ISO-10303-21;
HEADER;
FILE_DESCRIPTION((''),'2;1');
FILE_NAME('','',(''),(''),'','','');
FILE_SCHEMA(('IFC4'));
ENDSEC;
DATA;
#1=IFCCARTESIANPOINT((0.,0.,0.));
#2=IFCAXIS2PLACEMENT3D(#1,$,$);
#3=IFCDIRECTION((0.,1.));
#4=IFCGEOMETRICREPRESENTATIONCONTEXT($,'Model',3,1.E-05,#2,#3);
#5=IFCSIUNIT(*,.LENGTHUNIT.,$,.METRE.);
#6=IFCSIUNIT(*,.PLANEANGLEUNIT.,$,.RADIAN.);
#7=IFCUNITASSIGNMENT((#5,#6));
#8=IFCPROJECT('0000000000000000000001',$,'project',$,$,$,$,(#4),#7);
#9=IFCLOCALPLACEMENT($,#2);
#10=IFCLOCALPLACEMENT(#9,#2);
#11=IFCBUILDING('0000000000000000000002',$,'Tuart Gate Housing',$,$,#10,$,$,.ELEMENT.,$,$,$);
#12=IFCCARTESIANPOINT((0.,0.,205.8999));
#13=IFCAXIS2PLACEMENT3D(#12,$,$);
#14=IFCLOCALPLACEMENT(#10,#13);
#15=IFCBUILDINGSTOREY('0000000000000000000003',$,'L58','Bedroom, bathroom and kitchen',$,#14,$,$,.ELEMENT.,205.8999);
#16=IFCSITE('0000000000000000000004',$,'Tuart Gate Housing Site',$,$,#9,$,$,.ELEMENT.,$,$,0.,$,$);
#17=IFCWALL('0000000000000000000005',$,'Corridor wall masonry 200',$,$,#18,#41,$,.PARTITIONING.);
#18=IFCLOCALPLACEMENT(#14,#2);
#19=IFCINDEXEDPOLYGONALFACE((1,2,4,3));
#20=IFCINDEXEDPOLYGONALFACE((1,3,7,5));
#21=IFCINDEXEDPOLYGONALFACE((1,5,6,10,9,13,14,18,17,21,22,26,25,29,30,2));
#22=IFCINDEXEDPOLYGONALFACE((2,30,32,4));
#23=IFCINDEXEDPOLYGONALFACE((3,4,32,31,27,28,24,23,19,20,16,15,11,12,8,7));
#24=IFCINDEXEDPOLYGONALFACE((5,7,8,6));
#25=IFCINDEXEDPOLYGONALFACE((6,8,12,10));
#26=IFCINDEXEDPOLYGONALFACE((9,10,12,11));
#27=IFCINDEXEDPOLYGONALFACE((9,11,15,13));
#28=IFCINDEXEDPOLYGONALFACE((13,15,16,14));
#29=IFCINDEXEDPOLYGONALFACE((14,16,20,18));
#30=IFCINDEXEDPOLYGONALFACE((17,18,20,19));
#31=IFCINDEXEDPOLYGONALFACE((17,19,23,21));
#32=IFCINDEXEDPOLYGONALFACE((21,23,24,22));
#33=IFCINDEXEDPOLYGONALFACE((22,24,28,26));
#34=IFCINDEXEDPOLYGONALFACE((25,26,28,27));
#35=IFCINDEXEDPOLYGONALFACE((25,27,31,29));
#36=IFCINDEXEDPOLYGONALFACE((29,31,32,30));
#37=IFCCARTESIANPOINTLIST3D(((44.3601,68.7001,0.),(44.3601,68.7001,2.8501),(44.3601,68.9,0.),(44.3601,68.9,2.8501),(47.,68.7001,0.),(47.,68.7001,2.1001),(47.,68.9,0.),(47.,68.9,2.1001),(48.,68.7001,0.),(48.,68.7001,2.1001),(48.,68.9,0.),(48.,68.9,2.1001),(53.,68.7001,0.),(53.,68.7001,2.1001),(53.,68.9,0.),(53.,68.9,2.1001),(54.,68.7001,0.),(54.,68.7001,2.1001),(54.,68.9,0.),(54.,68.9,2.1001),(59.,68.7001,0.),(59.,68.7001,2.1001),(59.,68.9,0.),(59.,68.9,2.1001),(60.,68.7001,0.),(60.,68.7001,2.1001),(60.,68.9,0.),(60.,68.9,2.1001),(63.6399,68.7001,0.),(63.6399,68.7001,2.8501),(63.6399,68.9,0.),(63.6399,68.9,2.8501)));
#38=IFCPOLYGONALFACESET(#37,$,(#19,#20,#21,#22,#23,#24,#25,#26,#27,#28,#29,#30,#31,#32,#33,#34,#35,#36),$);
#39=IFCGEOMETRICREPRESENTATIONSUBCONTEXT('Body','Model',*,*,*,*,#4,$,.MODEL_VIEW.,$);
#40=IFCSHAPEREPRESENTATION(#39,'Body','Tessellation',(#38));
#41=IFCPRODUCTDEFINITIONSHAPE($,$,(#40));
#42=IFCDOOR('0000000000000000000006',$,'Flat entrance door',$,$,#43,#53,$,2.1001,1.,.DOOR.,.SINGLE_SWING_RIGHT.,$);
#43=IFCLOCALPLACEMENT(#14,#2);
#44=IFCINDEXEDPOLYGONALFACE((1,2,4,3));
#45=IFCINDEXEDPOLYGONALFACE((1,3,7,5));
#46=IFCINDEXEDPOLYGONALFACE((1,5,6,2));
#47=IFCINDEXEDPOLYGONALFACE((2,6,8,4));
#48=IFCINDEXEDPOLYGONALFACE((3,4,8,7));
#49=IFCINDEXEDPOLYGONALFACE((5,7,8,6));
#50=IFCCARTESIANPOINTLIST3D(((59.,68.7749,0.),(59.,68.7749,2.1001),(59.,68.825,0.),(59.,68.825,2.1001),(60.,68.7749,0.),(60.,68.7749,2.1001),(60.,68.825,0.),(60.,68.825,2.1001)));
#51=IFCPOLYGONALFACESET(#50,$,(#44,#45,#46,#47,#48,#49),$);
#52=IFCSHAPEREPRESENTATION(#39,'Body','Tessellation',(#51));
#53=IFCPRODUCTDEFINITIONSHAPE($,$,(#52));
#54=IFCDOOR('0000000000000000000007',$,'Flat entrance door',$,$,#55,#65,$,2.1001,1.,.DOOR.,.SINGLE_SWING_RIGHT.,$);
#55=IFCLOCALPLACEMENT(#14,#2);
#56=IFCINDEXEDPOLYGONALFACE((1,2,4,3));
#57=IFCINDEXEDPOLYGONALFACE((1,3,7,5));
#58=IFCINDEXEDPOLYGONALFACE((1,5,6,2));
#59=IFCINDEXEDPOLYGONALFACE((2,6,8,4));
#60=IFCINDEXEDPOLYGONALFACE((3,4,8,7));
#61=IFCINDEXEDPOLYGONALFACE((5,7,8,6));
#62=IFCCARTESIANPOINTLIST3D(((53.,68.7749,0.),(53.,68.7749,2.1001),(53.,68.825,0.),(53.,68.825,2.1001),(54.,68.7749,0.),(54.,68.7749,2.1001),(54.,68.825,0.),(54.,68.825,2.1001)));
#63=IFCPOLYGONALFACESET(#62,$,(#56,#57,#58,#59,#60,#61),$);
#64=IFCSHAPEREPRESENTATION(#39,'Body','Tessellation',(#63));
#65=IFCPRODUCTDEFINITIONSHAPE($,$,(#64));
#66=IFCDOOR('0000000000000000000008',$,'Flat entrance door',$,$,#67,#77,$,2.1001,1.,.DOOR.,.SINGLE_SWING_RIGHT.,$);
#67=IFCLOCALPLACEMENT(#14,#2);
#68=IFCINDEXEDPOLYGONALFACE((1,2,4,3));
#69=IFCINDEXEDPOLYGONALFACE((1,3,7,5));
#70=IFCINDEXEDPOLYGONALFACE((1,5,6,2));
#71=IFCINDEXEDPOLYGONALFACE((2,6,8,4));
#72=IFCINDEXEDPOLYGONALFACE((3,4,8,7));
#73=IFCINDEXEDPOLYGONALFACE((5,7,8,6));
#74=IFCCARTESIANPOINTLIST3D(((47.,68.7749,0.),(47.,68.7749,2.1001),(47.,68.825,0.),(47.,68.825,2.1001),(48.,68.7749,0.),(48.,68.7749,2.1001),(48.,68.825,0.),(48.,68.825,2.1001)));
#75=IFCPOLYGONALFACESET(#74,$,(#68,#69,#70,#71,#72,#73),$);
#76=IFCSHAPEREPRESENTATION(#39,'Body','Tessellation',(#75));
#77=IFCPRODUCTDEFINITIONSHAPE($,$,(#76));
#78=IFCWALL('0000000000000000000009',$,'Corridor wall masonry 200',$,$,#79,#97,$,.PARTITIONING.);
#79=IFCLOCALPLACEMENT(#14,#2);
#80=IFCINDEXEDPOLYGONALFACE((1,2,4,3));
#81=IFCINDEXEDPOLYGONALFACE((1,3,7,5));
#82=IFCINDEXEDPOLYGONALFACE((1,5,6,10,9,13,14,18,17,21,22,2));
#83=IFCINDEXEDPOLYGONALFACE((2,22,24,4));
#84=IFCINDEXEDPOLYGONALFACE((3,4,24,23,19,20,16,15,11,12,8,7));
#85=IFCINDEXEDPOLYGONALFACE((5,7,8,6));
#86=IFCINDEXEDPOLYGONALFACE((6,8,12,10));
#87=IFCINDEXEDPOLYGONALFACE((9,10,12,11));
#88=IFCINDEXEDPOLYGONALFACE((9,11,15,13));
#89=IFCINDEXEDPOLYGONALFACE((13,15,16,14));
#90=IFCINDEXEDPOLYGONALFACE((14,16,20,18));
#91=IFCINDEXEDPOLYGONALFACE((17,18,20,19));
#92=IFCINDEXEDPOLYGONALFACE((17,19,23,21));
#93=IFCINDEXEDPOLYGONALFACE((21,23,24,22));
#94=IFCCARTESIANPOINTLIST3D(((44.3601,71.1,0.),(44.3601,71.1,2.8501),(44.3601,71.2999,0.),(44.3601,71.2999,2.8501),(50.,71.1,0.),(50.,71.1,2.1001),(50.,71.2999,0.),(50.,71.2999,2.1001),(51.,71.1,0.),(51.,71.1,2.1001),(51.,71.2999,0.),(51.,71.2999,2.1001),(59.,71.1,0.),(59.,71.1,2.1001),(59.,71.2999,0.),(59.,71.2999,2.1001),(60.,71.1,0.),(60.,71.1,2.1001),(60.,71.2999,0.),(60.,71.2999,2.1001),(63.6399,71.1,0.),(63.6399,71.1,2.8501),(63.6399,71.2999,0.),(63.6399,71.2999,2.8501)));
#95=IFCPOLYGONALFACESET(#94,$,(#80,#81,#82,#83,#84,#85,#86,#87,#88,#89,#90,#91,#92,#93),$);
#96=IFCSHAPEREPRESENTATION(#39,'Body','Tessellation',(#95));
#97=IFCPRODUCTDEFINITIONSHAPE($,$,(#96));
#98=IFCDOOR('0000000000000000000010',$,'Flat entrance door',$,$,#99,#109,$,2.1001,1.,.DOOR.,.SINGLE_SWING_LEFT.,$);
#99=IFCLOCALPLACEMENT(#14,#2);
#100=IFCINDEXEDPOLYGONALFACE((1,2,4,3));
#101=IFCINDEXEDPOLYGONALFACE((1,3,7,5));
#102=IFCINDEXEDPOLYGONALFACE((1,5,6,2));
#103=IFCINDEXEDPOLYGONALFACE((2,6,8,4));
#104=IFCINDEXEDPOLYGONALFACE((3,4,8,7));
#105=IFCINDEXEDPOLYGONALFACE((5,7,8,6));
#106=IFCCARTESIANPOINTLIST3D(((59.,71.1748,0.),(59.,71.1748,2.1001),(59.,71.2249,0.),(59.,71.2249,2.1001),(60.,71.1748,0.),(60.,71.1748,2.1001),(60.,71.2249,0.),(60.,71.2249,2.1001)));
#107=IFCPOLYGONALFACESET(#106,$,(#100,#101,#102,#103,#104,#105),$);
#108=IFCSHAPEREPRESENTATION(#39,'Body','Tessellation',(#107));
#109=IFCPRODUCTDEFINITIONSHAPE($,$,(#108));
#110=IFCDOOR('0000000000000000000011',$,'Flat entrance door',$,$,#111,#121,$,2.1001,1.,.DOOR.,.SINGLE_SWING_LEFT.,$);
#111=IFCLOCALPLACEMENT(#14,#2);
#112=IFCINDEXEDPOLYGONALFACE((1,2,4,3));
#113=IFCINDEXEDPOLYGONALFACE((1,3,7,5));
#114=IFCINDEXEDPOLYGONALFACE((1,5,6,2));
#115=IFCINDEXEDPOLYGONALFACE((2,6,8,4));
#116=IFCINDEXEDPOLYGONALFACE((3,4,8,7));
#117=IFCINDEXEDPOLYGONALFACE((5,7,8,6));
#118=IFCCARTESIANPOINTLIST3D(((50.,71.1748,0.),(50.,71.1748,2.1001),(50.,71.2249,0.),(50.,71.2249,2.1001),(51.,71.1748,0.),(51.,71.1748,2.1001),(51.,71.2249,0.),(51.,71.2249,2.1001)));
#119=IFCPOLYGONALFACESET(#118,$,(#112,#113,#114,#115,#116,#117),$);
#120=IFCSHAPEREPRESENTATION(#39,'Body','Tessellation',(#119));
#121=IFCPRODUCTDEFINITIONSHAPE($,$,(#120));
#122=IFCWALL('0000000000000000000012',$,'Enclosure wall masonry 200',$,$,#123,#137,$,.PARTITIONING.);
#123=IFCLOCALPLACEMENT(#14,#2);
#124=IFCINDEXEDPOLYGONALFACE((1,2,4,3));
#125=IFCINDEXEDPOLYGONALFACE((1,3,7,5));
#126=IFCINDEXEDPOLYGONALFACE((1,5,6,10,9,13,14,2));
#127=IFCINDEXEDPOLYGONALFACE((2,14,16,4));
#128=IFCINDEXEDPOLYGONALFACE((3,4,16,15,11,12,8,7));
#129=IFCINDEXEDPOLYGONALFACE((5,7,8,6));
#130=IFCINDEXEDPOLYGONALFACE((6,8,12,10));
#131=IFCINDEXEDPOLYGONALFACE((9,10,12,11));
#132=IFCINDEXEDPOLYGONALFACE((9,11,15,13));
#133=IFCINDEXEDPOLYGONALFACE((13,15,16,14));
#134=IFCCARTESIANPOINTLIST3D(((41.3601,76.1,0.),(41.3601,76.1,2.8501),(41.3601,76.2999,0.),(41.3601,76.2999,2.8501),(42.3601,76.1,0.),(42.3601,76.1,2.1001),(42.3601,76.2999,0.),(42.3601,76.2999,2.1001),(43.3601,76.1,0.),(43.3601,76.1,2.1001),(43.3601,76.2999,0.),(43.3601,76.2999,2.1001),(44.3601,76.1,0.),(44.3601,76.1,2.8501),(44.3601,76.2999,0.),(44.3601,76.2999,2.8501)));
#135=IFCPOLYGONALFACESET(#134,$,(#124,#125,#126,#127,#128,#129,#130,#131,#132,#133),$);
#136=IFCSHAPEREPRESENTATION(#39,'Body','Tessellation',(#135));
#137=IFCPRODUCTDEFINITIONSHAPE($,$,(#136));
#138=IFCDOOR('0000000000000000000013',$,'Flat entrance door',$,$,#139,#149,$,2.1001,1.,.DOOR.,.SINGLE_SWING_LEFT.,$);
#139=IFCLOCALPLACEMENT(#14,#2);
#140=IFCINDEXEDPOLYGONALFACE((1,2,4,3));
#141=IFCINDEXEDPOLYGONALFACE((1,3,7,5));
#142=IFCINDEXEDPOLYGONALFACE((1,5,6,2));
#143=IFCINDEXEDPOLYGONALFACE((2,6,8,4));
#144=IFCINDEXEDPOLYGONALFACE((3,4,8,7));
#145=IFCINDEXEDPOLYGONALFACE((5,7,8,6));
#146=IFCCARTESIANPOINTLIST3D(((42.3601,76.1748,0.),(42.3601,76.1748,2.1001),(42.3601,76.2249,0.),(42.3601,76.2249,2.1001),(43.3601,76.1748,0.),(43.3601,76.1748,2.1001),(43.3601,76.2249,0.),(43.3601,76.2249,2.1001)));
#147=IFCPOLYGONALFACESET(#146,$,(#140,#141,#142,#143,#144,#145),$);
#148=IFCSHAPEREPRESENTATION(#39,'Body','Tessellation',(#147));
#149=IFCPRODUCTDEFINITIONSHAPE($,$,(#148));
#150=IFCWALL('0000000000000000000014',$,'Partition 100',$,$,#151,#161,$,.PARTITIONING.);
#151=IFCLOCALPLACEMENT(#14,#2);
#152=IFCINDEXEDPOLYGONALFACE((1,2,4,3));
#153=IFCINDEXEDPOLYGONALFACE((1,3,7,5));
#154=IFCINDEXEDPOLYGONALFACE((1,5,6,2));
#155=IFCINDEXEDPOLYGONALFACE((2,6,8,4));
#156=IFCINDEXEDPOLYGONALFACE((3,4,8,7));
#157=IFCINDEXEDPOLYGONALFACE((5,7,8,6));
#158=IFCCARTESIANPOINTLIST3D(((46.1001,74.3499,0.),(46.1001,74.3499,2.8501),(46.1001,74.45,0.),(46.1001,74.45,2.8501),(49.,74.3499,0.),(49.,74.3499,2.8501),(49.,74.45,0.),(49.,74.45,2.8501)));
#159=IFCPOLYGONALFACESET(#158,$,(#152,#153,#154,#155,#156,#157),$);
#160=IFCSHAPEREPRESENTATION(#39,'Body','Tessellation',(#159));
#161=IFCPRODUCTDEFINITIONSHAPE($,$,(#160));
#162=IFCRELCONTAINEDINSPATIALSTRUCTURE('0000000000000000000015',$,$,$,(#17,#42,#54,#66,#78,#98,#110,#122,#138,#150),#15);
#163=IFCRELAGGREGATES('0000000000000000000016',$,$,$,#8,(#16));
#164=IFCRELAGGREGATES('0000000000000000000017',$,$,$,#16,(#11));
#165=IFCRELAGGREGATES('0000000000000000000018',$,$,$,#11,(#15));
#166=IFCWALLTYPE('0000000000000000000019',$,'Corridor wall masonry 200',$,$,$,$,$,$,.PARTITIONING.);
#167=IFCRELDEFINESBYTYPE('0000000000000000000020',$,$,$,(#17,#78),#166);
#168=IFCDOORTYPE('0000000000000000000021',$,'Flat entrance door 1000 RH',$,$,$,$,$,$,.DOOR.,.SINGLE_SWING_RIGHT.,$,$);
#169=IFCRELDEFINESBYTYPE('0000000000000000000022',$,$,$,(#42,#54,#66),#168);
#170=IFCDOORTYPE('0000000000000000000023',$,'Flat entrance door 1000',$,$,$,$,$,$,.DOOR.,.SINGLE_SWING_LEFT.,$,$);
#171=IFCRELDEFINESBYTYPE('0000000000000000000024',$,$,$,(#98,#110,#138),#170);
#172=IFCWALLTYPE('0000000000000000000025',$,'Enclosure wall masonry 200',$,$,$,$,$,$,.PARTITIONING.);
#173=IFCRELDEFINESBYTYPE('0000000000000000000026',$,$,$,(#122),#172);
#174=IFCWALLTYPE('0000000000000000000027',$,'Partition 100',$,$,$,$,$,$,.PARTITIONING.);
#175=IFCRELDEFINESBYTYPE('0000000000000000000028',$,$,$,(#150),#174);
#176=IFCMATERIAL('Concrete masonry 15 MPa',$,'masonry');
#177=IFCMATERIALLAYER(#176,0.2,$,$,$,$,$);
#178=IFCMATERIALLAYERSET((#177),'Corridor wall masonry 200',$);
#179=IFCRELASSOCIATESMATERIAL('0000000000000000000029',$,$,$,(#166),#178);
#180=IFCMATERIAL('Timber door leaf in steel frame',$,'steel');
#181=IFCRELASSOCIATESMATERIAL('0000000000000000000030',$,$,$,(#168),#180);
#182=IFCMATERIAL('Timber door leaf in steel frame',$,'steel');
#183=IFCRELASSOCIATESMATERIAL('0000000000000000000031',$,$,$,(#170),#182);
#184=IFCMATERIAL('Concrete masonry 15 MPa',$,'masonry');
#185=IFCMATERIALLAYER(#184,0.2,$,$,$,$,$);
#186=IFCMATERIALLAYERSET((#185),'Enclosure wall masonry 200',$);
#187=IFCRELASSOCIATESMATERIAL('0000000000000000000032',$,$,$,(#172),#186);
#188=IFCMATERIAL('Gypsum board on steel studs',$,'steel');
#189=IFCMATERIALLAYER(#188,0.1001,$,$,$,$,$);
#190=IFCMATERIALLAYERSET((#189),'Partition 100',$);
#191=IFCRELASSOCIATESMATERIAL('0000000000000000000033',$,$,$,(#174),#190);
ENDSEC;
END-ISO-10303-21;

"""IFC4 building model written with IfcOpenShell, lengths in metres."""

from ifc_helpers import new_model, si_unit, direction, frame, frame_2d, origin, place, context, subcontext, project, spatial, rectangle, extrude, material, layer, layer_set, type_object, element, fill, save


model = new_model("IFC4")

# Units and contexts
model_context = context("Model", 3, precision=1e-05, world=origin(), true_north=direction((0.0, 1.0)))
body_context = subcontext(model_context, "Body", "Model", "MODEL_VIEW")
ifc_project = project(units=[si_unit("LENGTHUNIT", "METRE"), si_unit("PLANEANGLEUNIT", "RADIAN")], contexts=[model_context])

# Site, building, storey
site_placement = place(None, origin())
site = spatial("IfcSite", under=ifc_project, at=site_placement, Name="Tuart Gate Housing Site", CompositionType="ELEMENT", RefElevation=0.0)
building_placement = place(site_placement, origin())
building = spatial("IfcBuilding", under=site, at=building_placement, Name="Tuart Gate Housing", CompositionType="ELEMENT")
storey_placement = place(building_placement, frame((0.0, 0.0, 205.8999)))
storey = spatial("IfcBuildingStorey", under=building, at=storey_placement, Name="L58", Description="Bedroom, bathroom and kitchen", CompositionType="ELEMENT", Elevation=205.8999)

# Walls, openings, doors
ifc_material_1 = material(Name="Concrete masonry 15 MPa", Category="masonry")
ifc_layer_1 = layer(ifc_material_1, 0.2)
ifc_layer_set_1 = layer_set([ifc_layer_1], Name="Corridor wall masonry 200")
wall_type_1 = type_object("IfcWallType", Name="Corridor wall masonry 200", PredefinedType="PARTITIONING", material=ifc_layer_set_1)
wall_1_placement = place(storey_placement, frame((44.3601, 68.8, 0.0), z_axis=(0.0, 0.0, 1.0), x_axis=(1.0, 0.0, 0.0)))
wall_1 = element("IfcWall", 1, at=wall_1_placement, inside=storey, type_object=wall_type_1, Name="Corridor wall masonry 200", PredefinedType="PARTITIONING", context=body_context, shape_type="SweptSolid", body=[
    extrude(rectangle(XDim=19.2798, YDim=0.2, at=frame_2d((9.6399, 0.0))), origin(), (0.0, 0.0, 1.0), 2.8501),
])
opening_1_placement = place(wall_1_placement, frame((14.6399, 0.0, 0.0)))
opening_1 = element("IfcOpeningElement", 2, at=opening_1_placement, cuts=wall_1, PredefinedType="OPENING", context=body_context, shape_type="SweptSolid", body=[
    extrude(rectangle(XDim=1.0, YDim=2.1001, at=frame_2d((0.5, 1.05))), frame((0.0, 0.1099, 0.0), z_axis=(0.0, -1.0, 0.0), x_axis=(1.0, 0.0, 0.0)), (0.0, 0.0, 1.0), 0.22),
])
opening_2_placement = place(wall_1_placement, frame((8.6399, 0.0, 0.0)))
opening_2 = element("IfcOpeningElement", 3, at=opening_2_placement, cuts=wall_1, PredefinedType="OPENING", context=body_context, shape_type="SweptSolid", body=[
    extrude(rectangle(XDim=1.0, YDim=2.1001, at=frame_2d((0.5, 1.05))), frame((0.0, 0.1099, 0.0), z_axis=(0.0, -1.0, 0.0), x_axis=(1.0, 0.0, 0.0)), (0.0, 0.0, 1.0), 0.22),
])
opening_3_placement = place(wall_1_placement, frame((2.6399, 0.0, 0.0)))
opening_3 = element("IfcOpeningElement", 4, at=opening_3_placement, cuts=wall_1, PredefinedType="OPENING", context=body_context, shape_type="SweptSolid", body=[
    extrude(rectangle(XDim=1.0, YDim=2.1001, at=frame_2d((0.5, 1.05))), frame((0.0, 0.1099, 0.0), z_axis=(0.0, -1.0, 0.0), x_axis=(1.0, 0.0, 0.0)), (0.0, 0.0, 1.0), 0.22),
])
ifc_material_2 = material(Name="Timber door leaf in steel frame", Category="steel")
door_type_1 = type_object("IfcDoorType", Name="Flat entrance door 1000 RH", OperationType="SINGLE_SWING_RIGHT", PredefinedType="DOOR", material=ifc_material_2)
door_1_placement = place(opening_1_placement, frame((1.0, 0.0, 0.0), z_axis=(0.0, 0.0, 1.0), x_axis=(-1.0, 0.0, 0.0)))
door_1 = element("IfcDoor", 5, at=door_1_placement, inside=storey, type_object=door_type_1, Name="Flat entrance door", OperationType="SINGLE_SWING_RIGHT", OverallHeight=2.1001, OverallWidth=1.0, PredefinedType="DOOR", context=body_context, shape_type="SweptSolid", body=[
    extrude(rectangle(XDim=1.0, YDim=2.1001, at=frame_2d((0.5, 1.05))), frame((0.0, 0.0251, 0.0), z_axis=(0.0, -1.0, 0.0), x_axis=(1.0, 0.0, 0.0)), (0.0, 0.0, 1.0), 0.05),
])
fill(opening_1, door_1)
door_2_placement = place(opening_2_placement, frame((1.0, 0.0, 0.0), z_axis=(0.0, 0.0, 1.0), x_axis=(-1.0, 0.0, 0.0)))
door_2 = element("IfcDoor", 6, at=door_2_placement, inside=storey, type_object=door_type_1, Name="Flat entrance door", OperationType="SINGLE_SWING_RIGHT", OverallHeight=2.1001, OverallWidth=1.0, PredefinedType="DOOR", context=body_context, shape_type="SweptSolid", body=[
    extrude(rectangle(XDim=1.0, YDim=2.1001, at=frame_2d((0.5, 1.05))), frame((0.0, 0.0251, 0.0), z_axis=(0.0, -1.0, 0.0), x_axis=(1.0, 0.0, 0.0)), (0.0, 0.0, 1.0), 0.05),
])
fill(opening_2, door_2)
door_3_placement = place(opening_3_placement, frame((1.0, 0.0, 0.0), z_axis=(0.0, 0.0, 1.0), x_axis=(-1.0, 0.0, 0.0)))
door_3 = element("IfcDoor", 7, at=door_3_placement, inside=storey, type_object=door_type_1, Name="Flat entrance door", OperationType="SINGLE_SWING_RIGHT", OverallHeight=2.1001, OverallWidth=1.0, PredefinedType="DOOR", context=body_context, shape_type="SweptSolid", body=[
    extrude(rectangle(XDim=1.0, YDim=2.1001, at=frame_2d((0.5, 1.05))), frame((0.0, 0.0251, 0.0), z_axis=(0.0, -1.0, 0.0), x_axis=(1.0, 0.0, 0.0)), (0.0, 0.0, 1.0), 0.05),
])
fill(opening_3, door_3)
wall_2_placement = place(storey_placement, frame((44.3601, 71.2, 0.0), z_axis=(0.0, 0.0, 1.0), x_axis=(1.0, 0.0, 0.0)))
wall_2 = element("IfcWall", 8, at=wall_2_placement, inside=storey, type_object=wall_type_1, Name="Corridor wall masonry 200", PredefinedType="PARTITIONING", context=body_context, shape_type="SweptSolid", body=[
    extrude(rectangle(XDim=19.2798, YDim=0.2, at=frame_2d((9.6399, 0.0))), origin(), (0.0, 0.0, 1.0), 2.8501),
])
opening_4_placement = place(wall_2_placement, frame((14.6399, 0.0, 0.0)))
opening_4 = element("IfcOpeningElement", 9, at=opening_4_placement, cuts=wall_2, PredefinedType="OPENING", context=body_context, shape_type="SweptSolid", body=[
    extrude(rectangle(XDim=1.0, YDim=2.1001, at=frame_2d((0.5, 1.05))), frame((0.0, 0.1099, 0.0), z_axis=(0.0, -1.0, 0.0), x_axis=(1.0, 0.0, 0.0)), (0.0, 0.0, 1.0), 0.22),
])
opening_5_placement = place(wall_2_placement, frame((5.6399, 0.0, 0.0)))
opening_5 = element("IfcOpeningElement", 10, at=opening_5_placement, cuts=wall_2, PredefinedType="OPENING", context=body_context, shape_type="SweptSolid", body=[
    extrude(rectangle(XDim=1.0, YDim=2.1001, at=frame_2d((0.5, 1.05))), frame((0.0, 0.1099, 0.0), z_axis=(0.0, -1.0, 0.0), x_axis=(1.0, 0.0, 0.0)), (0.0, 0.0, 1.0), 0.22),
])
ifc_material_3 = material(Name="Timber door leaf in steel frame", Category="steel")
door_type_2 = type_object("IfcDoorType", Name="Flat entrance door 1000", OperationType="SINGLE_SWING_LEFT", PredefinedType="DOOR", material=ifc_material_3)
door_4_placement = place(opening_4_placement, origin())
door_4 = element("IfcDoor", 11, at=door_4_placement, inside=storey, type_object=door_type_2, Name="Flat entrance door", OperationType="SINGLE_SWING_LEFT", OverallHeight=2.1001, OverallWidth=1.0, PredefinedType="DOOR", context=body_context, shape_type="SweptSolid", body=[
    extrude(rectangle(XDim=1.0, YDim=2.1001, at=frame_2d((0.5, 1.05))), frame((0.0, 0.0249, 0.0), z_axis=(0.0, -1.0, 0.0), x_axis=(1.0, 0.0, 0.0)), (0.0, 0.0, 1.0), 0.05),
])
fill(opening_4, door_4)
door_5_placement = place(opening_5_placement, origin())
door_5 = element("IfcDoor", 12, at=door_5_placement, inside=storey, type_object=door_type_2, Name="Flat entrance door", OperationType="SINGLE_SWING_LEFT", OverallHeight=2.1001, OverallWidth=1.0, PredefinedType="DOOR", context=body_context, shape_type="SweptSolid", body=[
    extrude(rectangle(XDim=1.0, YDim=2.1001, at=frame_2d((0.5, 1.05))), frame((0.0, 0.0249, 0.0), z_axis=(0.0, -1.0, 0.0), x_axis=(1.0, 0.0, 0.0)), (0.0, 0.0, 1.0), 0.05),
])
fill(opening_5, door_5)

# Wall, opening, door
ifc_material_4 = material(Name="Concrete masonry 15 MPa", Category="masonry")
ifc_layer_2 = layer(ifc_material_4, 0.2)
ifc_layer_set_2 = layer_set([ifc_layer_2], Name="Enclosure wall masonry 200")
wall_type_2 = type_object("IfcWallType", Name="Enclosure wall masonry 200", PredefinedType="PARTITIONING", material=ifc_layer_set_2)
wall_3_placement = place(storey_placement, frame((41.3601, 76.2, 0.0), z_axis=(0.0, 0.0, 1.0), x_axis=(1.0, 0.0, 0.0)))
wall_3 = element("IfcWall", 13, at=wall_3_placement, inside=storey, type_object=wall_type_2, Name="Enclosure wall masonry 200", PredefinedType="PARTITIONING", context=body_context, shape_type="SweptSolid", body=[
    extrude(rectangle(XDim=3.0, YDim=0.2, at=frame_2d((1.5, 0.0))), origin(), (0.0, 0.0, 1.0), 2.8501),
])
opening_6_placement = place(wall_3_placement, frame((1.0, 0.0, 0.0)))
opening_6 = element("IfcOpeningElement", 14, at=opening_6_placement, cuts=wall_3, PredefinedType="OPENING", context=body_context, shape_type="SweptSolid", body=[
    extrude(rectangle(XDim=1.0, YDim=2.1001, at=frame_2d((0.5, 1.05))), frame((0.0, 0.1099, 0.0), z_axis=(0.0, -1.0, 0.0), x_axis=(1.0, 0.0, 0.0)), (0.0, 0.0, 1.0), 0.22),
])
door_6_placement = place(opening_6_placement, origin())
door_6 = element("IfcDoor", 15, at=door_6_placement, inside=storey, type_object=door_type_2, Name="Flat entrance door", OperationType="SINGLE_SWING_LEFT", OverallHeight=2.1001, OverallWidth=1.0, PredefinedType="DOOR", context=body_context, shape_type="SweptSolid", body=[
    extrude(rectangle(XDim=1.0, YDim=2.1001, at=frame_2d((0.5, 1.05))), frame((0.0, 0.0249, 0.0), z_axis=(0.0, -1.0, 0.0), x_axis=(1.0, 0.0, 0.0)), (0.0, 0.0, 1.0), 0.05),
])
fill(opening_6, door_6)

# Wall
ifc_material_5 = material(Name="Gypsum board on steel studs", Category="steel")
ifc_layer_3 = layer(ifc_material_5, 0.1001)
ifc_layer_set_3 = layer_set([ifc_layer_3], Name="Partition 100")
wall_type_3 = type_object("IfcWallType", Name="Partition 100", PredefinedType="PARTITIONING", material=ifc_layer_set_3)
wall_4_placement = place(storey_placement, frame((46.1001, 74.3999, 0.0), z_axis=(0.0, 0.0, 1.0), x_axis=(1.0, 0.0, 0.0)))
element("IfcWall", 16, at=wall_4_placement, inside=storey, type_object=wall_type_3, Name="Partition 100", PredefinedType="PARTITIONING", context=body_context, shape_type="SweptSolid", body=[
    extrude(rectangle(XDim=2.8999, YDim=0.1001, at=frame_2d((1.45, 0.0))), origin(), (0.0, 0.0, 1.0), 2.8501),
])

save(model, "model.ifc")
